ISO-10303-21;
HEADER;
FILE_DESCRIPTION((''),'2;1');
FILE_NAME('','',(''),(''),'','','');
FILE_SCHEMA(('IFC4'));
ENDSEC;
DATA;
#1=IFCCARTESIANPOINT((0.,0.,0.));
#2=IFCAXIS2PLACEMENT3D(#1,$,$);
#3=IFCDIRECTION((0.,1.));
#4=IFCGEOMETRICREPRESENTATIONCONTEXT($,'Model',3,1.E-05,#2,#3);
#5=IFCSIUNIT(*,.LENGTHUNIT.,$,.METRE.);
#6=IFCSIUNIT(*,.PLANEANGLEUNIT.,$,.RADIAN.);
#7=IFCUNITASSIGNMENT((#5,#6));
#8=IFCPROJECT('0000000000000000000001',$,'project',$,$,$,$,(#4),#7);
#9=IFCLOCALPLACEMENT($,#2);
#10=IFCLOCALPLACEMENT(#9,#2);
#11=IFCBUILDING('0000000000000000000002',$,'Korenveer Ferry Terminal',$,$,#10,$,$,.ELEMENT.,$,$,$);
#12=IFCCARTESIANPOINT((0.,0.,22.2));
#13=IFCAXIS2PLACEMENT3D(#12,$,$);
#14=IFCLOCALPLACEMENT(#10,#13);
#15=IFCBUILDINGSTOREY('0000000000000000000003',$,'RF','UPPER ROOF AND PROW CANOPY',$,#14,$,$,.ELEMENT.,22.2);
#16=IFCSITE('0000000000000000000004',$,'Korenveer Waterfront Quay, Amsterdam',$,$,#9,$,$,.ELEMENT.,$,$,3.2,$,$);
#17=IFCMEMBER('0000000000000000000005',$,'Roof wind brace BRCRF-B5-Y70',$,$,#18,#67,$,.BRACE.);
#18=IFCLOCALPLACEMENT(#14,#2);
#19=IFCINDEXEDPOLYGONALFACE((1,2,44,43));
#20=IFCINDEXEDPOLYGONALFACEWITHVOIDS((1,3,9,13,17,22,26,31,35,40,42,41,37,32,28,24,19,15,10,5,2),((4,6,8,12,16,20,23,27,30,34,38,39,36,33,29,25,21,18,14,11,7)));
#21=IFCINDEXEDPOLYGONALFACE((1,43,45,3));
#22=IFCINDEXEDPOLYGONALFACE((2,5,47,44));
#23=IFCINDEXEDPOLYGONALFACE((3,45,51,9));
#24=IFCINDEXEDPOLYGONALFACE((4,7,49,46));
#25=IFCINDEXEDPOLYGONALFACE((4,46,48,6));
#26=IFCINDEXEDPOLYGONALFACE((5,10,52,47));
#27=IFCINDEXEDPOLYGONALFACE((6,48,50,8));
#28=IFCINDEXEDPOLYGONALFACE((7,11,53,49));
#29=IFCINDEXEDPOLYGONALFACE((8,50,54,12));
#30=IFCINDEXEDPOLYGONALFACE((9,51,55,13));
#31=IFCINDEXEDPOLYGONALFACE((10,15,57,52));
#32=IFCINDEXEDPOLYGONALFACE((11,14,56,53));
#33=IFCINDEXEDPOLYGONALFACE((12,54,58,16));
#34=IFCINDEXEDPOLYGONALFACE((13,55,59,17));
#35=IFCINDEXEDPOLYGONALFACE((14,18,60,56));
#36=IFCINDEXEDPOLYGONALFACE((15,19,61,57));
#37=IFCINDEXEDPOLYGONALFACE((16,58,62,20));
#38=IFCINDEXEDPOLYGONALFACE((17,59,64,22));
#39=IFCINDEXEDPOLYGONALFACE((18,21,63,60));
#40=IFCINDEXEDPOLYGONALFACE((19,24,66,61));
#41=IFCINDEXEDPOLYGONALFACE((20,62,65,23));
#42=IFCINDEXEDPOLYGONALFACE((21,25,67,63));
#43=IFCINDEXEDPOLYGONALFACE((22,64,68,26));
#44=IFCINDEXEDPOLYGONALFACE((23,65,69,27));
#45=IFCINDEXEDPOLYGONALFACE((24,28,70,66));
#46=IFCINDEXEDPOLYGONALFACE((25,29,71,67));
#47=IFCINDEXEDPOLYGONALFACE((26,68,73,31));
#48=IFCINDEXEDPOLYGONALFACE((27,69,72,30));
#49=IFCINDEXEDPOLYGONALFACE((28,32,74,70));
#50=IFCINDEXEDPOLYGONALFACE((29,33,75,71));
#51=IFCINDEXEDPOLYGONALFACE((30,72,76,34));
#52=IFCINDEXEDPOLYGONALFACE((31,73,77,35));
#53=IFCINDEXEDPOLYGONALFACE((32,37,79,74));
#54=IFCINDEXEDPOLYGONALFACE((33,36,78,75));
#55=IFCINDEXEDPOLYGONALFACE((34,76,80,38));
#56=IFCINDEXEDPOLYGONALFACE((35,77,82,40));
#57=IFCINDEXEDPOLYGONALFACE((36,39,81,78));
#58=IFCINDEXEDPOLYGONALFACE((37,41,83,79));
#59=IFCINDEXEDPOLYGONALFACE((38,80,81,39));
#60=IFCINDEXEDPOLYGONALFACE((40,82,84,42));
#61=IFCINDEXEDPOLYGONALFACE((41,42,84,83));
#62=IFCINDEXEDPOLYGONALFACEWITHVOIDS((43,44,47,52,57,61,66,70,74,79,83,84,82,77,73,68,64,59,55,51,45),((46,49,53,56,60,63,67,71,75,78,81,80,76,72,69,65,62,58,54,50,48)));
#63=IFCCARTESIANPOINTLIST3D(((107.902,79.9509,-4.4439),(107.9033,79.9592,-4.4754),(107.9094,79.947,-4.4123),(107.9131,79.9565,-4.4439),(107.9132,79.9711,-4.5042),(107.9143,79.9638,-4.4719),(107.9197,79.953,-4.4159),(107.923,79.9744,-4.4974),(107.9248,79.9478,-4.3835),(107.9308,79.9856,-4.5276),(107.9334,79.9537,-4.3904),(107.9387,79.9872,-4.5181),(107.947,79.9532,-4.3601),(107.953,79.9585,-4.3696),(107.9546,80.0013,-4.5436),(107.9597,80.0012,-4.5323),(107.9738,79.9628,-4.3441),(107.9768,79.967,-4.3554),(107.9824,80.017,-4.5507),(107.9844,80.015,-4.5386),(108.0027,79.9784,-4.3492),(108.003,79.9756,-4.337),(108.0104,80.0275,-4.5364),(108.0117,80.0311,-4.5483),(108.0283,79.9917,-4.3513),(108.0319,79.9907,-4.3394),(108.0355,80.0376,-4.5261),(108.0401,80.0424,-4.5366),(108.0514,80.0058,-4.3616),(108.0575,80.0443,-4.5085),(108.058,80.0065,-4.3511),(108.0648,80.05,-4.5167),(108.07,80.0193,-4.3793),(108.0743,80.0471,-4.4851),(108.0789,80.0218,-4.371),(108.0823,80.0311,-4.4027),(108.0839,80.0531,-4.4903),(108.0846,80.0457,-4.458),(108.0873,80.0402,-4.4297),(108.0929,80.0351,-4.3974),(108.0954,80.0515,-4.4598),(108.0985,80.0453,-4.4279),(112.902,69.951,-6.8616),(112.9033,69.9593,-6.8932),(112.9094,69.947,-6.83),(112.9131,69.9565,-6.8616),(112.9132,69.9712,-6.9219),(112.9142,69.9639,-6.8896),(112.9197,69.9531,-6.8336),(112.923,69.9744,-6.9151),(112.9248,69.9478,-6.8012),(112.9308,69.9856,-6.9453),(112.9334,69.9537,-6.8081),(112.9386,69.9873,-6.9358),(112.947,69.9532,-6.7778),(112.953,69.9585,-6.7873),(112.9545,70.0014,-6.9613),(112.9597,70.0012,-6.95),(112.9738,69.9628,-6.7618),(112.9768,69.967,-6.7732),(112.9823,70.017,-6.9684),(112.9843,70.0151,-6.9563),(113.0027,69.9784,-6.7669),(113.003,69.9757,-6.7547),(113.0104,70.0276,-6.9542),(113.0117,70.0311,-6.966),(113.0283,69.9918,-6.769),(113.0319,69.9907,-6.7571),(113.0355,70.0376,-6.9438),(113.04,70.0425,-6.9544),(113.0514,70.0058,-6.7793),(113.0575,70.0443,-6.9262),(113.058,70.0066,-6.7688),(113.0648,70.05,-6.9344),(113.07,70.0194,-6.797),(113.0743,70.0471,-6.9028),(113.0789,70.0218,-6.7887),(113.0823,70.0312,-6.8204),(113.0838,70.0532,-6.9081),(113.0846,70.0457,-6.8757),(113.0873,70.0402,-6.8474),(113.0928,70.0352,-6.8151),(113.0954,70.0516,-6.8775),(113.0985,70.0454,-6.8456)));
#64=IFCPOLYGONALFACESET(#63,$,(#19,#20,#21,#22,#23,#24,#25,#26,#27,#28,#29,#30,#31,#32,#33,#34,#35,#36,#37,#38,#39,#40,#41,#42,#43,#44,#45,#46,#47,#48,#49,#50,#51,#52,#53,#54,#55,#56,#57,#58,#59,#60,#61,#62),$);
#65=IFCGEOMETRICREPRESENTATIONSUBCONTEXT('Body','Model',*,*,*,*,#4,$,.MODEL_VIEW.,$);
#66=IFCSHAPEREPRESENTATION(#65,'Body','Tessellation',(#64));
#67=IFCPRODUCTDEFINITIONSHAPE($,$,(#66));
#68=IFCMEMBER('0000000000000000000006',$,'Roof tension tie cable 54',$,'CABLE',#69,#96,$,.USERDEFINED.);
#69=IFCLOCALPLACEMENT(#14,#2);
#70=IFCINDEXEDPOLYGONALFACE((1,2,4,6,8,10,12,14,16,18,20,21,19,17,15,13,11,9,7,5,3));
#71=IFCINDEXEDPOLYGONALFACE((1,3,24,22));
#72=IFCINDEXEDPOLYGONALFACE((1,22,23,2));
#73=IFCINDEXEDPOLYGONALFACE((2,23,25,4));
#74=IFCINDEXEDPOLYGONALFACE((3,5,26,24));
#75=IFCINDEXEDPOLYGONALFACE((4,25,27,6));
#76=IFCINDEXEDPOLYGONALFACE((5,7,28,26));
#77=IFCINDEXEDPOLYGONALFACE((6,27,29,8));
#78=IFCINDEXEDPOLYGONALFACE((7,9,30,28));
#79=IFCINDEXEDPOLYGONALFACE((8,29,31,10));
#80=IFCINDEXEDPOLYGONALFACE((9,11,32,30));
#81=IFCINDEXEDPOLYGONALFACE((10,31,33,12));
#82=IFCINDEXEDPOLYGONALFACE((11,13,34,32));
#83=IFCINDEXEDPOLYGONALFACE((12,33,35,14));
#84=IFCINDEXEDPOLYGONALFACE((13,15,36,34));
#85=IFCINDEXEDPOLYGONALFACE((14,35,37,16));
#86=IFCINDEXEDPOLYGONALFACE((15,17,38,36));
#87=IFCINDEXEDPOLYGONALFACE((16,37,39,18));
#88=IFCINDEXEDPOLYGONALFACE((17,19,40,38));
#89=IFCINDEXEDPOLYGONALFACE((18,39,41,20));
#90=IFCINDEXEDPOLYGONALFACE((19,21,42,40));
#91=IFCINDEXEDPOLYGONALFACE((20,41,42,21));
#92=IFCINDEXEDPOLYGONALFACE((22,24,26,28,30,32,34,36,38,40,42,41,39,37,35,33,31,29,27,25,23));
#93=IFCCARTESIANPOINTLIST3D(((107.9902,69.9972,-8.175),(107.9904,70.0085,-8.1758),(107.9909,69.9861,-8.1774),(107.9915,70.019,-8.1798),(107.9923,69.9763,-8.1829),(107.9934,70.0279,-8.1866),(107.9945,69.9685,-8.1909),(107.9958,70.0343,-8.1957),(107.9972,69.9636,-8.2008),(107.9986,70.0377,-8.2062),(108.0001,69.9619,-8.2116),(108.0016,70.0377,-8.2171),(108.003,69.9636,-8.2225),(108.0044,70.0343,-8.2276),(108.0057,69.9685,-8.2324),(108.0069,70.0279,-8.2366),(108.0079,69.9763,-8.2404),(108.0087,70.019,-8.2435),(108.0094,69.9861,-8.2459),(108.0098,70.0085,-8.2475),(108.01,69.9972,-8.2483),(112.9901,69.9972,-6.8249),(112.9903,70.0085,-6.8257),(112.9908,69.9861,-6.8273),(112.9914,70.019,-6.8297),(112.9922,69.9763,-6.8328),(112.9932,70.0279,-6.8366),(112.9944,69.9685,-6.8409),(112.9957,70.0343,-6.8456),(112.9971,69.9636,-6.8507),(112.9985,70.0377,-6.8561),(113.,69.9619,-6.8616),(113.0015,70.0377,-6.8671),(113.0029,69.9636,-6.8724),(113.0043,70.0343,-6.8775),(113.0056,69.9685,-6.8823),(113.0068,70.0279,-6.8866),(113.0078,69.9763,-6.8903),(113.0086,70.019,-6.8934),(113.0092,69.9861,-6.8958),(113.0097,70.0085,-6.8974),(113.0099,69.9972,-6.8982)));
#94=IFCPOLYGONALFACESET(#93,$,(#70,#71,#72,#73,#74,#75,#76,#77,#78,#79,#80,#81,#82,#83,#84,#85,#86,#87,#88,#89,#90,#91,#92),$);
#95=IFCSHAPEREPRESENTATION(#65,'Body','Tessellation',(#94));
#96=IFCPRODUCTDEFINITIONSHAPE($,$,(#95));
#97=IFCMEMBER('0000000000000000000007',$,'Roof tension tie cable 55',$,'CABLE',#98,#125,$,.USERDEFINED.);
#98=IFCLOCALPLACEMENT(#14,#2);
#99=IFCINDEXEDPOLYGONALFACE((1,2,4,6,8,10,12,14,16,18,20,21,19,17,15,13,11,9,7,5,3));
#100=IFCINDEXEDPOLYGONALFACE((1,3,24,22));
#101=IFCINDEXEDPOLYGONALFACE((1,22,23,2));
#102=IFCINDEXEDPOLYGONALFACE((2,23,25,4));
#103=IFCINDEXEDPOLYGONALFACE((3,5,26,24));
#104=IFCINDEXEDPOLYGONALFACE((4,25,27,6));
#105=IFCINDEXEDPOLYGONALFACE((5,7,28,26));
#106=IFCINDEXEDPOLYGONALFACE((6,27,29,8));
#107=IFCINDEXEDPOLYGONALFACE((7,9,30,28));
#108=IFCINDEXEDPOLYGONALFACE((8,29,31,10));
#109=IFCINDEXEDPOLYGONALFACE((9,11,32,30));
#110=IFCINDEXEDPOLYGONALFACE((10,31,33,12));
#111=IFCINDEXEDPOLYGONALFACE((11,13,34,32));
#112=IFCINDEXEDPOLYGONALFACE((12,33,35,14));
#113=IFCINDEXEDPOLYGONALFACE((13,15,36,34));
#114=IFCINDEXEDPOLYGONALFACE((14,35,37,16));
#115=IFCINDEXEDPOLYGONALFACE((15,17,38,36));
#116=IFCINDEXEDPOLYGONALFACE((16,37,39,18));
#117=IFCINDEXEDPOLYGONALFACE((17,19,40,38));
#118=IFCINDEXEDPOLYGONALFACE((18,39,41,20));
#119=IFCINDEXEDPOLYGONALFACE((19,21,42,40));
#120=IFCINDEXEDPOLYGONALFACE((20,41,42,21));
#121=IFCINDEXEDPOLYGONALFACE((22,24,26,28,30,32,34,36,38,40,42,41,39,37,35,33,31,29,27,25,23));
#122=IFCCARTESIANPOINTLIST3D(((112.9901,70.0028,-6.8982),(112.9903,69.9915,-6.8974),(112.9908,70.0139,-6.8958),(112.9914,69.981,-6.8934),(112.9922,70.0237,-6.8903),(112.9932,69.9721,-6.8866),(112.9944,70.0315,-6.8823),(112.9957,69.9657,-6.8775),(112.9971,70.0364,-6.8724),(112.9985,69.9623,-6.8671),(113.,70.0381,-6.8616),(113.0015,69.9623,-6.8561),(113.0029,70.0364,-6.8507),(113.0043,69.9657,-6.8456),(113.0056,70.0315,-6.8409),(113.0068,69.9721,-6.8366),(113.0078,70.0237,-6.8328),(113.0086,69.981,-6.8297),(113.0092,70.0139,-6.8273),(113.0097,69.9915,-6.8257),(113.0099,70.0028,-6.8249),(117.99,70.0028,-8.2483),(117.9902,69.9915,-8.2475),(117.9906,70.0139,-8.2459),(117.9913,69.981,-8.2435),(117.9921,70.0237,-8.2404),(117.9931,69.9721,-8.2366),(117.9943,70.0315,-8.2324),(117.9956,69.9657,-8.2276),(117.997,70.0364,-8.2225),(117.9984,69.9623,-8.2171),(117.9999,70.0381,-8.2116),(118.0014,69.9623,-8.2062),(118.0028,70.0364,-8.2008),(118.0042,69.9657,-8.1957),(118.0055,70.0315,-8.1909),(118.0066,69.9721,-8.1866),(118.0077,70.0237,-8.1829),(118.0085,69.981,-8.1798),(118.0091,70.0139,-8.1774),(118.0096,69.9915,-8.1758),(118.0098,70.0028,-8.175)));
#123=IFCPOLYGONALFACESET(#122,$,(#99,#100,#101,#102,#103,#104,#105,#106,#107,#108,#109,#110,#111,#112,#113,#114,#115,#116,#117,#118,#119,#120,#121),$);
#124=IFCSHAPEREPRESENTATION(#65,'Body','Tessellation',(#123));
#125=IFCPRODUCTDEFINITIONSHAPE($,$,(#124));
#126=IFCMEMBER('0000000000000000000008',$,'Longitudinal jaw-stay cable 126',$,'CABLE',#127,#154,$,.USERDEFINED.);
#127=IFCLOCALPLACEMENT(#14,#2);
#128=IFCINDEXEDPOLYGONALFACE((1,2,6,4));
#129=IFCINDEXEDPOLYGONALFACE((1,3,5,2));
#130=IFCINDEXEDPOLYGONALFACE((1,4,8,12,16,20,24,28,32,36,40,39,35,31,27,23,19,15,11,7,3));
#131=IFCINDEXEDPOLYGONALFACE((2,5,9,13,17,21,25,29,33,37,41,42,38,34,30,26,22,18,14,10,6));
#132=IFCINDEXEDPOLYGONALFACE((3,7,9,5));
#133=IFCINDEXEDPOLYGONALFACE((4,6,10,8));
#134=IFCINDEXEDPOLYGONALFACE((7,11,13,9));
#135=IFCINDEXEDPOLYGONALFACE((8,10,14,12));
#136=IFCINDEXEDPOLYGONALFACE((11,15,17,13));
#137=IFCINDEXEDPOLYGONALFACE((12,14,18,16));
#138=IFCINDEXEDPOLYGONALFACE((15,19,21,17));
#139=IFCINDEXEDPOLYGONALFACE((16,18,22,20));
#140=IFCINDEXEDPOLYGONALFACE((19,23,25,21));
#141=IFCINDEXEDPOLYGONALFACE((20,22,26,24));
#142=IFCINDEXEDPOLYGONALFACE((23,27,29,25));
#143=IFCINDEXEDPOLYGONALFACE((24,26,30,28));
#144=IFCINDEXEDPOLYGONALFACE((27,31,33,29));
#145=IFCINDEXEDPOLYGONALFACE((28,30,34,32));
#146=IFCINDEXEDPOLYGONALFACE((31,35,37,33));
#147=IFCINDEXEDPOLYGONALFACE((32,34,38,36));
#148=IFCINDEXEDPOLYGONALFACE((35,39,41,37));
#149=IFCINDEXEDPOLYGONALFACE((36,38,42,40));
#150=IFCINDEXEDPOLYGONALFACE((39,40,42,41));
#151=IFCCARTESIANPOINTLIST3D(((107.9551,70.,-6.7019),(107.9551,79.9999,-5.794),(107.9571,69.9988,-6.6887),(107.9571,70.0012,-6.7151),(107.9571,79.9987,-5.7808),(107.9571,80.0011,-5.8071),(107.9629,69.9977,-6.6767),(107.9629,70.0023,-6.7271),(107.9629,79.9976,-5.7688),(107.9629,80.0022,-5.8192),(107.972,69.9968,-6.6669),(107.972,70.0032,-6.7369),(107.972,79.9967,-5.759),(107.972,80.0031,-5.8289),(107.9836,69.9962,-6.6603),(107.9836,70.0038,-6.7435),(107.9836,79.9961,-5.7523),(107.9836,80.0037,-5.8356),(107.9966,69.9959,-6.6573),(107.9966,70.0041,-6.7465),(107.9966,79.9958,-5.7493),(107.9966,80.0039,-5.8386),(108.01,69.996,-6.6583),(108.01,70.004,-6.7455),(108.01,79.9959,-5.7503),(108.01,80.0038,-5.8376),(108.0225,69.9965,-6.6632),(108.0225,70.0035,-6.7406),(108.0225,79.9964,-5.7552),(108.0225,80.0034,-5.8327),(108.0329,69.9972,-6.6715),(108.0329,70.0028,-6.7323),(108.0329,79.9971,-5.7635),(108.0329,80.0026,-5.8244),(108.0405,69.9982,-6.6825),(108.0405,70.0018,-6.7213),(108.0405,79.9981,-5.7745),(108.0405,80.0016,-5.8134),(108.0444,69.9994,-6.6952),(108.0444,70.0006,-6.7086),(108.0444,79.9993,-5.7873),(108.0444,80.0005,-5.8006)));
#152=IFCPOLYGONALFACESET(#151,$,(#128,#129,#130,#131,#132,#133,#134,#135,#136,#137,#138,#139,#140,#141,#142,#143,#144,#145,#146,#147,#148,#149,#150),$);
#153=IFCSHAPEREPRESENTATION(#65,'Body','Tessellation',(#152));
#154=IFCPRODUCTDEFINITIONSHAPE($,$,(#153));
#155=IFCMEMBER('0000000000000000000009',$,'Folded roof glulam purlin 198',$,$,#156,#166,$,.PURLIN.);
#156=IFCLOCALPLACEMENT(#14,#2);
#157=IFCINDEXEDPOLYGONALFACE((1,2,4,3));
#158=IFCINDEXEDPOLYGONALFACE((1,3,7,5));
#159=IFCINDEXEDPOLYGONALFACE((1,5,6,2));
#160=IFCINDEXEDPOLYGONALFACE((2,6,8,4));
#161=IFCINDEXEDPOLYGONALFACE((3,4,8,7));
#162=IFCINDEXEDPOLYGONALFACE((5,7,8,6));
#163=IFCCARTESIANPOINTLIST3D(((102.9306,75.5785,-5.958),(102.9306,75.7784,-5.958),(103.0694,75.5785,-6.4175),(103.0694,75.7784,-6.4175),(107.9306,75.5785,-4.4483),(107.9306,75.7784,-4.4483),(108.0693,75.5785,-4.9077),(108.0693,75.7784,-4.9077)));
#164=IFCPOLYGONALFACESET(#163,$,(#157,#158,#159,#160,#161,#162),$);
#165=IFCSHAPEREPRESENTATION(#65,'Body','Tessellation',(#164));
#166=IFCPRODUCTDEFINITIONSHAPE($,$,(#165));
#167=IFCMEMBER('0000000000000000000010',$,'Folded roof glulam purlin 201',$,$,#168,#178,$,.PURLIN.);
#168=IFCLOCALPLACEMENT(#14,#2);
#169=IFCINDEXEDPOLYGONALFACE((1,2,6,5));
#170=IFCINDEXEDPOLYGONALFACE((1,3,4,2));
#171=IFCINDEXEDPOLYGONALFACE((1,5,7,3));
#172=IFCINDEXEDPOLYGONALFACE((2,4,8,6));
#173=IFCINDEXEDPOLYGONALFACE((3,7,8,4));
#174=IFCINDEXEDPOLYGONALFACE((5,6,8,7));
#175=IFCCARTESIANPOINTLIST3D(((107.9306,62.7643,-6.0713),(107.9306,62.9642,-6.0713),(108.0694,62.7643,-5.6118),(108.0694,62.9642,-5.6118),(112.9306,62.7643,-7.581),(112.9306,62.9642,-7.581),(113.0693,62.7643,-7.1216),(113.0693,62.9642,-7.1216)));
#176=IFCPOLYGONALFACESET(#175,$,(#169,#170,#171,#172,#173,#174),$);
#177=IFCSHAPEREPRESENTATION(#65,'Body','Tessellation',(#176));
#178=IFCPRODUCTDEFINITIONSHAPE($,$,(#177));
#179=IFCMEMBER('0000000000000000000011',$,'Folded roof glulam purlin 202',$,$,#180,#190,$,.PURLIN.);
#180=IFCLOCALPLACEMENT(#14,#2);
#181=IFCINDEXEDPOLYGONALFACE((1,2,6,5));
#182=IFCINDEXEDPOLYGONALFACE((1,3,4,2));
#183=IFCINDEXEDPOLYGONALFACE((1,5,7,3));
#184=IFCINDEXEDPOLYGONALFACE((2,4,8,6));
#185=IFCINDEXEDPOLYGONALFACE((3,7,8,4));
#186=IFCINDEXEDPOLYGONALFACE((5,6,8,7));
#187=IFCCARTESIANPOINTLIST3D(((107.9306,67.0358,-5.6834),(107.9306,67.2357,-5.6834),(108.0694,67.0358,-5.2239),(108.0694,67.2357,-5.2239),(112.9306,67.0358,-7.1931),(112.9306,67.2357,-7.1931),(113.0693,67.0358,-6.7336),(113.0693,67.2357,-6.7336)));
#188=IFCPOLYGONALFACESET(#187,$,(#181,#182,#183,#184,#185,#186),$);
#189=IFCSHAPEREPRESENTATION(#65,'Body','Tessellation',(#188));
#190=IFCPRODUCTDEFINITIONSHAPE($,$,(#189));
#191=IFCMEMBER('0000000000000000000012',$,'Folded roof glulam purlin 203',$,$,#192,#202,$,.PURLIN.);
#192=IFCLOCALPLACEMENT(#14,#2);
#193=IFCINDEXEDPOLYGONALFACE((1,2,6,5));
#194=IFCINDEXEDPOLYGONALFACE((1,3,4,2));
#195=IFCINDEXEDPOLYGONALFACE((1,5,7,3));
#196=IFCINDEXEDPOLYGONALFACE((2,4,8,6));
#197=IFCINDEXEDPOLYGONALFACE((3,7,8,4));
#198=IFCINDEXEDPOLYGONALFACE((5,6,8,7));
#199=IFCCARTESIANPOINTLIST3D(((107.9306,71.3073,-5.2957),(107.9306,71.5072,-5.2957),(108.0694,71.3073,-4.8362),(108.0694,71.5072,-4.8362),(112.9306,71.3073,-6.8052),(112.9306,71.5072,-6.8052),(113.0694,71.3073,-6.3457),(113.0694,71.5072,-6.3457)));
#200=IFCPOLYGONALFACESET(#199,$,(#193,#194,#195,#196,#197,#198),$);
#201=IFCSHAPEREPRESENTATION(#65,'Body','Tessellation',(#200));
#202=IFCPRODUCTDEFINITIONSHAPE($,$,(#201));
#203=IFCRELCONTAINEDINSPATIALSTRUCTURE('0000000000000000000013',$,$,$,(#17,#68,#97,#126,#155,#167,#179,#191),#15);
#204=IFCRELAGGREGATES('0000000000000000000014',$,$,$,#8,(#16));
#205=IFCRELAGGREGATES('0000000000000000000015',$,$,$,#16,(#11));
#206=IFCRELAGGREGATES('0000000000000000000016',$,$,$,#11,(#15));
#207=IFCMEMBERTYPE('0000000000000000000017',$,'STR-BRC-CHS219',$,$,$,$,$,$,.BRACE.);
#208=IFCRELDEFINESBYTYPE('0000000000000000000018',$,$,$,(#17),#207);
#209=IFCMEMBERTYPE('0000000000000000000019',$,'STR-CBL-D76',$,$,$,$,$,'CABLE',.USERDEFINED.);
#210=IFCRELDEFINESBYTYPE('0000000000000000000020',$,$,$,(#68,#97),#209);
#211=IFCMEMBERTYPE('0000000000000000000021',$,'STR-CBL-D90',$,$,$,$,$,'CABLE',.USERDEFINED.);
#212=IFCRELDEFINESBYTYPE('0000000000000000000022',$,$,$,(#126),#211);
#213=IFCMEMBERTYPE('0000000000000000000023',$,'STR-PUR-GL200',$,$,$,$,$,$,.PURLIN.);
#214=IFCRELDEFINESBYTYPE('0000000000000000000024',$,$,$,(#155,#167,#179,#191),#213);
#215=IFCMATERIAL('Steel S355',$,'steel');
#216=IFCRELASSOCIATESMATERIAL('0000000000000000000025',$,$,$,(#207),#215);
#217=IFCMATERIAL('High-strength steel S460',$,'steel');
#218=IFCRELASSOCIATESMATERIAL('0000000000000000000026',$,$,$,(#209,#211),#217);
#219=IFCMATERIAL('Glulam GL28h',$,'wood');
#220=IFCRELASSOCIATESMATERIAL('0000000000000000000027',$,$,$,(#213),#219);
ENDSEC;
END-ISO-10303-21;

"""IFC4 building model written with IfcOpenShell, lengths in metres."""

from ifc_helpers import new_model, si_unit, direction, frame, origin, origin_2d, place, context, subcontext, project, spatial, rectangle, circle, hollow_circle, extrude, material, material_profile, profile_set, type_object, element, save


model = new_model("IFC4")

# Units and contexts
model_context = context("Model", 3, precision=1e-05, world=origin(), true_north=direction((0.0, 1.0)))
body_context = subcontext(model_context, "Body", "Model", "MODEL_VIEW")
ifc_project = project(units=[si_unit("LENGTHUNIT", "METRE"), si_unit("PLANEANGLEUNIT", "RADIAN")], contexts=[model_context])

# Site, building, storey
site_placement = place(None, origin())
site = spatial("IfcSite", under=ifc_project, at=site_placement, Name="Korenveer Waterfront Quay, Amsterdam", CompositionType="ELEMENT", RefElevation=3.2)
building_placement = place(site_placement, origin())
building = spatial("IfcBuilding", under=site, at=building_placement, Name="Korenveer Ferry Terminal", CompositionType="ELEMENT")
storey_placement = place(building_placement, frame((0.0, 0.0, 22.2)))
storey = spatial("IfcBuildingStorey", under=building, at=storey_placement, Name="RF", Description="UPPER ROOF AND PROW CANOPY", CompositionType="ELEMENT", Elevation=22.2)

# Members
ifc_material_1 = material(Name="Steel S355", Category="steel")
ifc_material_profile_1 = material_profile(ifc_material_1, hollow_circle(Radius=0.1096, WallThickness=0.0125, at=origin_2d()), Name="CHS 219.1x12.5")
ifc_profile_set_1 = profile_set([ifc_material_profile_1], Name="Steel S355")
member_type_1 = type_object("IfcMemberType", Name="STR-BRC-CHS219", PredefinedType="BRACE", material=ifc_profile_set_1)
member_1_placement = place(storey_placement, frame((113.0, 70.0, -6.8616), z_axis=(-0.43711, 0.87422, 0.211362), x_axis=(-0.894427, -0.447214, 0.0)))
element("IfcMember", 1, at=member_1_placement, inside=storey, type_object=member_type_1, Name="Roof wind brace BRCRF-B5-Y70", PredefinedType="BRACE", context=body_context, shape_type="SweptSolid", body=[
    extrude(hollow_circle(Radius=0.1096, WallThickness=0.0125, at=origin_2d()), origin(), (0.0, 0.0, 1.0), 11.4387),
])
ifc_material_2 = material(Name="High-strength steel S460", Category="steel")
ifc_material_profile_2 = material_profile(ifc_material_2, circle(Radius=0.0381, at=origin_2d()), Name="ROD D76")
ifc_profile_set_2 = profile_set([ifc_material_profile_2], Name="High-strength steel S460")
member_type_2 = type_object("IfcMemberType", Name="STR-CBL-D76", ElementType="CABLE", PredefinedType="USERDEFINED", material=ifc_profile_set_2)
for number, where, z_axis, x_axis, name in (
    (2, (113.0, 70.0, -6.8616), (-0.965424, 0.0, -0.260683), (0.0, -1.0, 0.0), "Roof tension tie cable 54"),
    (3, (113.0, 70.0, -6.8616), (0.965424, 0.0, -0.260683), (0.0, 1.0, 0.0), "Roof tension tie cable 55"),
):
    element("IfcMember", number, at=place(storey_placement, frame(where, z_axis=z_axis, x_axis=x_axis)), inside=storey, type_object=member_type_2, Name=name, ObjectType="CABLE", PredefinedType="USERDEFINED", context=body_context, shape_type="SweptSolid", body=[
        extrude(circle(Radius=0.0381, at=origin_2d()), origin(), (0.0, 0.0, 1.0), 5.179),
    ])
ifc_material_profile_3 = material_profile(ifc_material_2, circle(Radius=0.0449, at=origin_2d()), Name="ROD D90")
ifc_profile_set_3 = profile_set([ifc_material_profile_3], Name="High-strength steel S460")
member_type_3 = type_object("IfcMemberType", Name="STR-CBL-D90", ElementType="CABLE", PredefinedType="USERDEFINED", material=ifc_profile_set_3)
member_2_placement = place(storey_placement, frame((108.0, 70.0, -6.7019), z_axis=(0.0, 0.995903, 0.090424), x_axis=(-1.0, 0.0, 0.0)))
element("IfcMember", 4, at=member_2_placement, inside=storey, type_object=member_type_3, Name="Longitudinal jaw-stay cable 126", ObjectType="CABLE", PredefinedType="USERDEFINED", context=body_context, shape_type="SweptSolid", body=[
    extrude(circle(Radius=0.0449, at=origin_2d()), origin(), (0.0, 0.0, 1.0), 10.041),
])
ifc_material_3 = material(Name="Glulam GL28h", Category="wood")
ifc_material_profile_4 = material_profile(ifc_material_3, rectangle(XDim=0.2, YDim=0.48, at=origin_2d()), Name="GL 200x480")
ifc_profile_set_4 = profile_set([ifc_material_profile_4], Name="Glulam GL28h")
member_type_4 = type_object("IfcMemberType", Name="STR-PUR-GL200", PredefinedType="PURLIN", material=ifc_profile_set_4)
for number, where, z_axis, x_axis, name in (
    (5, (103.0, 75.6785, -6.1877), (0.95731, 0.0, 0.289063), (0.0, 1.0, 0.0), "Folded roof glulam purlin 198"),
    (6, (108.0, 62.8643, -5.8416), (0.95731, 0.0, -0.289063), (0.0, 1.0, 0.0), "Folded roof glulam purlin 201"),
    (7, (108.0, 67.1357, -5.4536), (0.95731, 0.0, -0.289063), (0.0, 1.0, 0.0), "Folded roof glulam purlin 202"),
    (8, (108.0, 71.4072, -5.0659), (0.957323, 0.0, -0.28902), (0.0, 1.0, 0.0), "Folded roof glulam purlin 203"),
):
    element("IfcMember", number, at=place(storey_placement, frame(where, z_axis=z_axis, x_axis=x_axis)), inside=storey, type_object=member_type_4, Name=name, PredefinedType="PURLIN", context=body_context, shape_type="SweptSolid", body=[
        extrude(rectangle(XDim=0.2, YDim=0.48, at=origin_2d()), origin(), (0.0, 0.0, 1.0), 5.2229),
    ])

save(model, "model.ifc")
